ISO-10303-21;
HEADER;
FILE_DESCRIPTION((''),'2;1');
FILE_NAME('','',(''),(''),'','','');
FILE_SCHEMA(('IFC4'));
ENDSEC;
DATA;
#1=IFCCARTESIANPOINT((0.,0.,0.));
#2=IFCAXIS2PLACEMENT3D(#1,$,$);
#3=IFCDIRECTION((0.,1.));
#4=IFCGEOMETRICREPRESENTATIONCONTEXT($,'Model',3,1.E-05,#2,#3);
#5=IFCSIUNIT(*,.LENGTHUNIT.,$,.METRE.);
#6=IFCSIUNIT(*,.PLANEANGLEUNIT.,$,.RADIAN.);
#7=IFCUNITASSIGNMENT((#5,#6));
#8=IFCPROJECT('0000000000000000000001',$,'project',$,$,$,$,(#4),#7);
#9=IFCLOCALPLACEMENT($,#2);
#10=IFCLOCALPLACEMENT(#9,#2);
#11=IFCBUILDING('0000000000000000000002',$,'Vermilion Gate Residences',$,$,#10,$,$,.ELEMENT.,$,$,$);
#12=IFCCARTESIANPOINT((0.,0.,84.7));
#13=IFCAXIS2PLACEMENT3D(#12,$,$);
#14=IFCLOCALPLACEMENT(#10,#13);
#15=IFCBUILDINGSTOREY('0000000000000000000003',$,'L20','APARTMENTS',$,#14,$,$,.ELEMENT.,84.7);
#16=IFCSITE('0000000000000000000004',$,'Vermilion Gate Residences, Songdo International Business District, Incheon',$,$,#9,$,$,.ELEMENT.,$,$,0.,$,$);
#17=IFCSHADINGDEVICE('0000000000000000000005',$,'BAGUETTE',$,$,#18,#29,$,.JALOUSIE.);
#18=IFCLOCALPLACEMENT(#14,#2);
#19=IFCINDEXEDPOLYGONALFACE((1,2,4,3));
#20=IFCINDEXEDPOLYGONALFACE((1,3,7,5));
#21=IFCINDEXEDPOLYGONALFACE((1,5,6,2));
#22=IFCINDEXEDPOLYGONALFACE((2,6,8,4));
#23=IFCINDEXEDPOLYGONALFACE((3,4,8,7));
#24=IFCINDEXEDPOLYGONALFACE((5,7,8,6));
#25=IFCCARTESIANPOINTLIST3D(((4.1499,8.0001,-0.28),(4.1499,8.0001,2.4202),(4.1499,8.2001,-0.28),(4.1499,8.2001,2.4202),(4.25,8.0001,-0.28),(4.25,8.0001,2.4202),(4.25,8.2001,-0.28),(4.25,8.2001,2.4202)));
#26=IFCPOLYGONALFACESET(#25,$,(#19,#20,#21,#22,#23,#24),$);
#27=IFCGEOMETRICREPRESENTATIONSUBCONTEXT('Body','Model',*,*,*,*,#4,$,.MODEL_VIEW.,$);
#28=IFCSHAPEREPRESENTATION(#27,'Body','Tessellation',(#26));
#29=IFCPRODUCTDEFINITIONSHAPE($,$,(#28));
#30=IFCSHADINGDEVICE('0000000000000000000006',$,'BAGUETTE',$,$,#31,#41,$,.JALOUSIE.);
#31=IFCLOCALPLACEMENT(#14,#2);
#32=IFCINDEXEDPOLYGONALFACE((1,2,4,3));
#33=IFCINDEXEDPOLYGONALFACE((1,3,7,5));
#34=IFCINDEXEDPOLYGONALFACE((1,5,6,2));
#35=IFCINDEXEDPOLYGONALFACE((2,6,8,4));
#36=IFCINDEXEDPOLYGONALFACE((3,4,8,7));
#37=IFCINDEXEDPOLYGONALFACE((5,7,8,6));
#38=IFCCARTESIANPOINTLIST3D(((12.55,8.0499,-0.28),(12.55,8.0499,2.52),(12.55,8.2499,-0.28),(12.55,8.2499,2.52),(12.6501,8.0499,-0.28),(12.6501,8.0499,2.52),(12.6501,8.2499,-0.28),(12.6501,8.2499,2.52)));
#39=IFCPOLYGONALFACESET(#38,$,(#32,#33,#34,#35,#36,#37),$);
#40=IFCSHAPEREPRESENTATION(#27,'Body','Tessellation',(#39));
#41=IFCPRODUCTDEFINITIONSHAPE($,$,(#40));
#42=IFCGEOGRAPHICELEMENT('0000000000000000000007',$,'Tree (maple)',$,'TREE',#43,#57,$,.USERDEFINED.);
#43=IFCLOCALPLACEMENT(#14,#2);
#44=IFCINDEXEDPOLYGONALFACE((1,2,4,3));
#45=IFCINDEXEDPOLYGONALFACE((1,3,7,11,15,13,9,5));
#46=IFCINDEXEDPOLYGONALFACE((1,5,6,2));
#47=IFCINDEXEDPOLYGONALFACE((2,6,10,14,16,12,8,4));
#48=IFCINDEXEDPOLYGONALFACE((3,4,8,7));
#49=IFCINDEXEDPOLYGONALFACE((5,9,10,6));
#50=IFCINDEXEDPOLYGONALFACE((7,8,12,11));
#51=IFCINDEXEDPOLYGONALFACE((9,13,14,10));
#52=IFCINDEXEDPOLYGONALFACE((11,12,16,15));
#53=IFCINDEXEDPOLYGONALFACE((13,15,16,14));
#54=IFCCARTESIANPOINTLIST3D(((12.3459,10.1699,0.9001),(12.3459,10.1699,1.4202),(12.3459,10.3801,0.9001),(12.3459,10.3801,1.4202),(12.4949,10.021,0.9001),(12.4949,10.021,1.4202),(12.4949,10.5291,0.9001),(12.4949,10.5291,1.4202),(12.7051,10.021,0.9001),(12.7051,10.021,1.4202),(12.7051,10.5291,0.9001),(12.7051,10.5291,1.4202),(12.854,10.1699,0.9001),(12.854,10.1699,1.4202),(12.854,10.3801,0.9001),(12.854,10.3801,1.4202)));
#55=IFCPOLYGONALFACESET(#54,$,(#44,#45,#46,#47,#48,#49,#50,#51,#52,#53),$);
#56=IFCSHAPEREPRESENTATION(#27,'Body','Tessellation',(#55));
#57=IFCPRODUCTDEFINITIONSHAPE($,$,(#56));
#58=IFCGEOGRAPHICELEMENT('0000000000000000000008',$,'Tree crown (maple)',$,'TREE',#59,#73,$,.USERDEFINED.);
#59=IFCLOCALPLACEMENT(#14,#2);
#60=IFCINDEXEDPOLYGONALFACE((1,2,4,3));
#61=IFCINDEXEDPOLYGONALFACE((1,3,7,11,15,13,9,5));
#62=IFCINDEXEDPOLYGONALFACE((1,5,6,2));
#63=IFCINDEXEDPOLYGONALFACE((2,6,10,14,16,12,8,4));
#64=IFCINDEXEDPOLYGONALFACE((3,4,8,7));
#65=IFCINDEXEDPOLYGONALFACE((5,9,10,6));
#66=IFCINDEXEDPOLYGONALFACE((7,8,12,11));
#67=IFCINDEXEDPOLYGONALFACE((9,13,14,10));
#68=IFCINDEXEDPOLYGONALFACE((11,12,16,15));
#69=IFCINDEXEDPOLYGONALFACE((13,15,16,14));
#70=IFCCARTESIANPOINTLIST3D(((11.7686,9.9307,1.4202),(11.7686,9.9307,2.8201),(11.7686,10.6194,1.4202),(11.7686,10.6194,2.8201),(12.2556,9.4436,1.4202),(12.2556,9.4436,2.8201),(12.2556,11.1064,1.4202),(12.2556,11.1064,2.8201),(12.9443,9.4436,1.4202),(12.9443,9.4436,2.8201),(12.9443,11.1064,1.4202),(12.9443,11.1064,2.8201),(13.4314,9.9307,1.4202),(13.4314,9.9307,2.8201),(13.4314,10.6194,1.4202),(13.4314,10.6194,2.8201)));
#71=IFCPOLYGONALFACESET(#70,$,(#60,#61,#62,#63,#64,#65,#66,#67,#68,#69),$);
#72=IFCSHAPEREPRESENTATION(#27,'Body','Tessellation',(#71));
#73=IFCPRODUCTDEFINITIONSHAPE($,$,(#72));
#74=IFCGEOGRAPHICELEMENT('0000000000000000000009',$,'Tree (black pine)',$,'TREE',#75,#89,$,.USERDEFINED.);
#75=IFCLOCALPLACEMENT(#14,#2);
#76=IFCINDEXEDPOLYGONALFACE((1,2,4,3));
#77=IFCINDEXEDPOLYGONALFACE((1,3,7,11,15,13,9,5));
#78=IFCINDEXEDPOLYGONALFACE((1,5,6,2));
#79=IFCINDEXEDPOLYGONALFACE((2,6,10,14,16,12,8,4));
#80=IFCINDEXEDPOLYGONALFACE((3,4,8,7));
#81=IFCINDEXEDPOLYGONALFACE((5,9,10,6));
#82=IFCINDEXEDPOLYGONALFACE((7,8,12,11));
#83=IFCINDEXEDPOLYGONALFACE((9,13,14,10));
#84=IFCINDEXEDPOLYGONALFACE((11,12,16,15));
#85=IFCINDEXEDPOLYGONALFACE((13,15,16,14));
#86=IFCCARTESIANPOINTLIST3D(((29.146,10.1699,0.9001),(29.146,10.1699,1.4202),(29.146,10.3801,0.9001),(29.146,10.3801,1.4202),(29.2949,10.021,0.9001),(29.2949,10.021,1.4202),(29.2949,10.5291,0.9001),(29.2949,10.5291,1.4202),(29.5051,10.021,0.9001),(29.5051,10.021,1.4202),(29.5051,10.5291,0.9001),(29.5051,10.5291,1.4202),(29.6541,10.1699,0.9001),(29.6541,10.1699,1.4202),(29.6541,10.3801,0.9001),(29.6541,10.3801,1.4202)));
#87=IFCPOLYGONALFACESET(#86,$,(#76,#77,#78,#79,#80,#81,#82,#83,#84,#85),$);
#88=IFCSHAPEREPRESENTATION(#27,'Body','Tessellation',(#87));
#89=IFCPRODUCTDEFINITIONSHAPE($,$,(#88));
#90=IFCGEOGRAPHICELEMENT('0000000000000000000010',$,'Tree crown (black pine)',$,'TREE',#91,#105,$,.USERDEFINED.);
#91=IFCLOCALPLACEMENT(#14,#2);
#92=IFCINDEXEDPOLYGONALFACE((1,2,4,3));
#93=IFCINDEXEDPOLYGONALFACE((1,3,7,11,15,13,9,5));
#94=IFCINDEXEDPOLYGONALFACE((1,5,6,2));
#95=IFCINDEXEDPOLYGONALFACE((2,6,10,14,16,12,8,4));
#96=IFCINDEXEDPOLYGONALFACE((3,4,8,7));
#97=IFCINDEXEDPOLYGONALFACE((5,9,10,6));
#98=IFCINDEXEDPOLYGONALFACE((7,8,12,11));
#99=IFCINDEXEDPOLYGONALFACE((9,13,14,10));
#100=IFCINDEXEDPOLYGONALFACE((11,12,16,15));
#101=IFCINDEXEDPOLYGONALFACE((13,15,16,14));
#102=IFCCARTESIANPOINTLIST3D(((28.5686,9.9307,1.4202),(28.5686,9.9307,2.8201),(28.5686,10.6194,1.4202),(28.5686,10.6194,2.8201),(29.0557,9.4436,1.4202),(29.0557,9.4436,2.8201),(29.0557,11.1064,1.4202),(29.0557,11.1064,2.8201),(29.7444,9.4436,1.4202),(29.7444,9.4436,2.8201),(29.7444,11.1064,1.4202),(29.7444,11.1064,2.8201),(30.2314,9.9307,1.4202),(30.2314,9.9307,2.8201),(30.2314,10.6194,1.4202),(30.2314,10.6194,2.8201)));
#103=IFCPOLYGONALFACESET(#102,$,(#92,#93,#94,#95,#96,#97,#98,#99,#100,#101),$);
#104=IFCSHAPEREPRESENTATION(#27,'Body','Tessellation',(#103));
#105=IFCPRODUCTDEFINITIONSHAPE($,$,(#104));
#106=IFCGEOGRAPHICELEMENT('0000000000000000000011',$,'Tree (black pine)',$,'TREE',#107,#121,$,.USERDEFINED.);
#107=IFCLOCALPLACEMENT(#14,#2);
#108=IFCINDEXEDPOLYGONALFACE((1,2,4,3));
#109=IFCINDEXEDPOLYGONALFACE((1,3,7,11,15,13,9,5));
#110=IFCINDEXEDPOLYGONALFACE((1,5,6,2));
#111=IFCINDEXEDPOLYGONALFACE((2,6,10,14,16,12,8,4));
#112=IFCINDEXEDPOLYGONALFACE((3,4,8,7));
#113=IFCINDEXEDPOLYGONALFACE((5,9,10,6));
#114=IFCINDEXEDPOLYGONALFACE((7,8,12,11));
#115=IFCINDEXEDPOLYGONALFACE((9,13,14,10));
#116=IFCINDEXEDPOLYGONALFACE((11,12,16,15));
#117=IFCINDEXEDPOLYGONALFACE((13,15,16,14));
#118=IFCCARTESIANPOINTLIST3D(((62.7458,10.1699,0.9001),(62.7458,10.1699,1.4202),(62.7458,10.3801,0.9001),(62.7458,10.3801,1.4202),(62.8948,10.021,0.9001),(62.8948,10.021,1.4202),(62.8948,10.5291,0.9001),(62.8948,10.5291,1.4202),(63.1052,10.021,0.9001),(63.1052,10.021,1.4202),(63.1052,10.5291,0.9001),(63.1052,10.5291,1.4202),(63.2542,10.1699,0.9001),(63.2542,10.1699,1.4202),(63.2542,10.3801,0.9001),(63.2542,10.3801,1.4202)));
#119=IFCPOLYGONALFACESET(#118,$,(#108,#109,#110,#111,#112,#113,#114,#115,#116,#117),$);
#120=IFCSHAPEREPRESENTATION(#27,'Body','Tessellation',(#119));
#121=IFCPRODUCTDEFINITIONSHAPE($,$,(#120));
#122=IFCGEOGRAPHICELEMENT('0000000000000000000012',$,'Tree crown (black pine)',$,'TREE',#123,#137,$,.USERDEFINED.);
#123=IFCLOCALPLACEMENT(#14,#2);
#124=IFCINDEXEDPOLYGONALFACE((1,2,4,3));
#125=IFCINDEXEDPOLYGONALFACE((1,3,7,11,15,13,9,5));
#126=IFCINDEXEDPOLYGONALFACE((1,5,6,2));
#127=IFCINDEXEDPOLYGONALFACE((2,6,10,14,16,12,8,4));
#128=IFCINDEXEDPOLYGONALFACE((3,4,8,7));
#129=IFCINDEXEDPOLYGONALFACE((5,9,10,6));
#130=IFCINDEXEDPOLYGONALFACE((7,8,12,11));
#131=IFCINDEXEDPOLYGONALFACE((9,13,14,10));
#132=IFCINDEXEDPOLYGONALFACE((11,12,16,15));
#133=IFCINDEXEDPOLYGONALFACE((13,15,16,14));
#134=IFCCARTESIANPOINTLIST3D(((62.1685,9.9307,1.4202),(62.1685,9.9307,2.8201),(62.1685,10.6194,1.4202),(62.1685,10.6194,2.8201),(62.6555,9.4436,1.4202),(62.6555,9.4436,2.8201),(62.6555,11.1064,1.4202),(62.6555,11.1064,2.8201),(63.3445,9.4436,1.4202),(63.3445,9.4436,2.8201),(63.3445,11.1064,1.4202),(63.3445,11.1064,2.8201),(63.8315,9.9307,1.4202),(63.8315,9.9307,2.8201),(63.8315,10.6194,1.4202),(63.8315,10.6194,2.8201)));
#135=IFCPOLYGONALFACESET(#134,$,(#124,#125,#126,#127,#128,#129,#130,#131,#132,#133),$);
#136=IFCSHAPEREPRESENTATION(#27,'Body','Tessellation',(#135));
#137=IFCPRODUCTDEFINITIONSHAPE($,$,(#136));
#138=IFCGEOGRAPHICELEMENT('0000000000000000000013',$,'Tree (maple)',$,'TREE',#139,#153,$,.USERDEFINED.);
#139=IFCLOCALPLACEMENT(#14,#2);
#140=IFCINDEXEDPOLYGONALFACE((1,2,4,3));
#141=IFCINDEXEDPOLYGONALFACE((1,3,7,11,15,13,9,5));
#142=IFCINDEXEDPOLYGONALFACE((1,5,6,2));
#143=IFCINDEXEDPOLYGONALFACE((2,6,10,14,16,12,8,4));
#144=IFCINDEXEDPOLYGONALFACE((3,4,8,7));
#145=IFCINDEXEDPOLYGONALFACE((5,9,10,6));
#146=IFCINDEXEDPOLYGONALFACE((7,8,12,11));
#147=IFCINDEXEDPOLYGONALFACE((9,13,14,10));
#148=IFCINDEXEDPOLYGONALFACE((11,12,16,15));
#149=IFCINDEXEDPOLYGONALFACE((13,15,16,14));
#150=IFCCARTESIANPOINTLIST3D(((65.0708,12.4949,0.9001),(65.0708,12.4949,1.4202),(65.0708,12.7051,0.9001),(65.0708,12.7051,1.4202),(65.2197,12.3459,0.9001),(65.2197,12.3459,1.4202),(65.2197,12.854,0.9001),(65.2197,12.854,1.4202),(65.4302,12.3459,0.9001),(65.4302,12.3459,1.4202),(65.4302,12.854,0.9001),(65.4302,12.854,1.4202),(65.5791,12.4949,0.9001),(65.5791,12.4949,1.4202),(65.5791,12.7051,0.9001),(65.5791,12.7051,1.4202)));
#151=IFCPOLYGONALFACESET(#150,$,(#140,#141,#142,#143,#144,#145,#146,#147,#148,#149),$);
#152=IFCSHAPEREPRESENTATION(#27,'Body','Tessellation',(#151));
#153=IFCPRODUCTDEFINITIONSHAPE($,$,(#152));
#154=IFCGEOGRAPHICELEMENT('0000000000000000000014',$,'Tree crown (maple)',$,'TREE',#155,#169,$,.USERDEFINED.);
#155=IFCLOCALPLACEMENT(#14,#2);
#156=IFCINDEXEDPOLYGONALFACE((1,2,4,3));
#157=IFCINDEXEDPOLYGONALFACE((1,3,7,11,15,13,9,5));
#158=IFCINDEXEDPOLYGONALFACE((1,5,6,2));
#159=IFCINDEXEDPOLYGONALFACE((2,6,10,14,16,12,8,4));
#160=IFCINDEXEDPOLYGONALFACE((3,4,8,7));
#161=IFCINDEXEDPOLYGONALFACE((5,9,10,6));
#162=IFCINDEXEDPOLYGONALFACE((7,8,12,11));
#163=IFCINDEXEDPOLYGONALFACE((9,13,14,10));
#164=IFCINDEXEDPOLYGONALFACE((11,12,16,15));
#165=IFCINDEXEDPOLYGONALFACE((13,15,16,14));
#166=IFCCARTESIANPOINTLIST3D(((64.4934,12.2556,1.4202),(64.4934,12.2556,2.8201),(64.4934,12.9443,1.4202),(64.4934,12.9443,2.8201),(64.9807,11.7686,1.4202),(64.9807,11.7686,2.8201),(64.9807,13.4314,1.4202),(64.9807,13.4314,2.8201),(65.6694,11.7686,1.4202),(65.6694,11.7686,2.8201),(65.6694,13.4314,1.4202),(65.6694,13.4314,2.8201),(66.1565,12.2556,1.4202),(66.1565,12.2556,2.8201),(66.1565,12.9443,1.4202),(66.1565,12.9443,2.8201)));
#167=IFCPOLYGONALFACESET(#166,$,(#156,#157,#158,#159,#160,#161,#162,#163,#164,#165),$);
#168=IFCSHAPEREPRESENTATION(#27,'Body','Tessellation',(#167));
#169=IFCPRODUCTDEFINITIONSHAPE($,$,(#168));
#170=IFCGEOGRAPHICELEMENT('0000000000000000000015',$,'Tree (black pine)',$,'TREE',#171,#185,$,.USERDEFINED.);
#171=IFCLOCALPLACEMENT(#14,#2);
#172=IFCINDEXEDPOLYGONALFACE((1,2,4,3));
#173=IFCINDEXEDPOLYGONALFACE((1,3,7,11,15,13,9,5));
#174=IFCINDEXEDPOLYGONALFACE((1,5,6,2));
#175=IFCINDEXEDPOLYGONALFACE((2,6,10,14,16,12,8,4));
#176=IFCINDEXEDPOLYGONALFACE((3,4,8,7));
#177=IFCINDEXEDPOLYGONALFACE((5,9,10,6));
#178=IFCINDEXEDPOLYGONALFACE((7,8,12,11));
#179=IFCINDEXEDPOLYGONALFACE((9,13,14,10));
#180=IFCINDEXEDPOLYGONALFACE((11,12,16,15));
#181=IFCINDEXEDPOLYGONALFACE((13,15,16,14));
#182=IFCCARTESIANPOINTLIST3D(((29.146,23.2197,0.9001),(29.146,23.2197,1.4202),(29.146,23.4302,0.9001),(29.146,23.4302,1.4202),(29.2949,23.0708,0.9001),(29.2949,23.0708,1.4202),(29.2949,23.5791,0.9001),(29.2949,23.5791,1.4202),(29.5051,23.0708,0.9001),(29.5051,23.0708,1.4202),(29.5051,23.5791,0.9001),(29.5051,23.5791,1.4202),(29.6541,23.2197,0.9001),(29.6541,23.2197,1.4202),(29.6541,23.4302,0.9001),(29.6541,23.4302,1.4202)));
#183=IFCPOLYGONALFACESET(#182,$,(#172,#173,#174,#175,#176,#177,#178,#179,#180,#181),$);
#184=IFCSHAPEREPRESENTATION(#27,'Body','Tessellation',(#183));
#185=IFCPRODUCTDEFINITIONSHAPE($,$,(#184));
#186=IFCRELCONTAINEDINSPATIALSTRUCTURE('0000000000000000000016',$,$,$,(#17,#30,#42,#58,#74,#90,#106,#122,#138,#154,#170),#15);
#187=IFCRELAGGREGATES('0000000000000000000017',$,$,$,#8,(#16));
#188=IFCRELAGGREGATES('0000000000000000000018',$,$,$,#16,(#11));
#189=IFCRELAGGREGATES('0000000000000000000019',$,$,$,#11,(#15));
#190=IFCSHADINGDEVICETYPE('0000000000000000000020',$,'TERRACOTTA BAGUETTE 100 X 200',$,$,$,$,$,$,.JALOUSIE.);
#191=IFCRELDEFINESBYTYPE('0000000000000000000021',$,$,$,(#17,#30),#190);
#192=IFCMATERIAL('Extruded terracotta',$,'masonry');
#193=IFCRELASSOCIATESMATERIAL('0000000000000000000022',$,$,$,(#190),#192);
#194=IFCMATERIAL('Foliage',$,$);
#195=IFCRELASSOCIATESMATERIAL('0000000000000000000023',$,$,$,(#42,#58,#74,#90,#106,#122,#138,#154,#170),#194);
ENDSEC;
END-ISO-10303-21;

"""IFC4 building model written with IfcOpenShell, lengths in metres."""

from ifc_helpers import new_model, si_unit, direction, frame, origin, origin_2d, place, context, subcontext, project, spatial, polyline, rectangle, outline, extrude, material, material_profile, profile_set, type_object, element, save


model = new_model("IFC4")

# Units and contexts
model_context = context("Model", 3, precision=1e-05, world=origin(), true_north=direction((0.0, 1.0)))
body_context = subcontext(model_context, "Body", "Model", "MODEL_VIEW")
ifc_project = project(units=[si_unit("LENGTHUNIT", "METRE"), si_unit("PLANEANGLEUNIT", "RADIAN")], contexts=[model_context])

# Site, building, storey
site_placement = place(None, origin())
site = spatial("IfcSite", under=ifc_project, at=site_placement, Name="Vermilion Gate Residences, Songdo International Business District, Incheon", CompositionType="ELEMENT", RefElevation=0.0)
building_placement = place(site_placement, origin())
building = spatial("IfcBuilding", under=site, at=building_placement, Name="Vermilion Gate Residences", CompositionType="ELEMENT")
storey_placement = place(building_placement, frame((0.0, 0.0, 84.7)))
storey = spatial("IfcBuildingStorey", under=building, at=storey_placement, Name="L20", Description="APARTMENTS", CompositionType="ELEMENT", Elevation=84.7)

# Shading devices
ifc_material_1 = material(Name="Extruded terracotta", Category="masonry")
ifc_material_profile_1 = material_profile(ifc_material_1, rectangle(XDim=0.2, YDim=0.1001, at=origin_2d()), Name="BAGUETTE 100 X 200")
ifc_profile_set_1 = profile_set([ifc_material_profile_1], Name="Extruded terracotta")
shading_device_type_1 = type_object("IfcShadingDeviceType", Name="TERRACOTTA BAGUETTE 100 X 200", PredefinedType="JALOUSIE", material=ifc_profile_set_1)
shading_device_1_placement = place(storey_placement, frame((4.2, 8.1001, -0.28), z_axis=(0.0, 0.0, 1.0), x_axis=(0.0, 1.0, 0.0)))
element("IfcShadingDevice", 1, at=shading_device_1_placement, inside=storey, type_object=shading_device_type_1, Name="BAGUETTE", PredefinedType="JALOUSIE", context=body_context, shape_type="SweptSolid", body=[
    extrude(rectangle(XDim=0.2, YDim=0.1001, at=origin_2d()), origin(), (0.0, 0.0, 1.0), 2.7002),
])
shading_device_2_placement = place(storey_placement, frame((12.6001, 8.1499, -0.28), z_axis=(0.0, 0.0, 1.0), x_axis=(0.0, 1.0, 0.0)))
element("IfcShadingDevice", 2, at=shading_device_2_placement, inside=storey, type_object=shading_device_type_1, Name="BAGUETTE", PredefinedType="JALOUSIE", context=body_context, shape_type="SweptSolid", body=[
    extrude(rectangle(XDim=0.2, YDim=0.1001, at=origin_2d()), origin(), (0.0, 0.0, 1.0), 2.8),
])

# Geographic elements
ifc_material_2 = material(Name="Foliage")
geographic_element_1_placement = place(storey_placement, frame((0.0, 0.0, 0.9001)))
element("IfcGeographicElement", 3, at=geographic_element_1_placement, inside=storey, material=ifc_material_2, Name="Tree (maple)", ObjectType="TREE", PredefinedType="USERDEFINED", context=body_context, shape_type="SweptSolid", body=[
    extrude(outline(polyline([(12.854, 10.3801), (12.7051, 10.5291), (12.4949, 10.5291), (12.3459, 10.3801), (12.3459, 10.1699), (12.4949, 10.021), (12.7051, 10.021), (12.854, 10.1699), (12.854, 10.3801)])), origin(), (0.0, 0.0, 1.0), 0.52),
])
geographic_element_2_placement = place(storey_placement, frame((0.0, 0.0, 1.4202)))
element("IfcGeographicElement", 4, at=geographic_element_2_placement, inside=storey, material=ifc_material_2, Name="Tree crown (maple)", ObjectType="TREE", PredefinedType="USERDEFINED", context=body_context, shape_type="SweptSolid", body=[
    extrude(outline(polyline([(13.4314, 10.6194), (12.9443, 11.1064), (12.2556, 11.1064), (11.7686, 10.6194), (11.7686, 9.9307), (12.2556, 9.4436), (12.9443, 9.4436), (13.4314, 9.9307), (13.4314, 10.6194)])), origin(), (0.0, 0.0, 1.0), 1.3999),
])
geographic_element_3_placement = place(storey_placement, frame((0.0, 0.0, 0.9001)))
element("IfcGeographicElement", 5, at=geographic_element_3_placement, inside=storey, material=ifc_material_2, Name="Tree (black pine)", ObjectType="TREE", PredefinedType="USERDEFINED", context=body_context, shape_type="SweptSolid", body=[
    extrude(outline(polyline([(29.6541, 10.3801), (29.5051, 10.5291), (29.2949, 10.5291), (29.146, 10.3801), (29.146, 10.1699), (29.2949, 10.021), (29.5051, 10.021), (29.6541, 10.1699), (29.6541, 10.3801)])), origin(), (0.0, 0.0, 1.0), 0.52),
])
geographic_element_4_placement = place(storey_placement, frame((0.0, 0.0, 1.4202)))
element("IfcGeographicElement", 6, at=geographic_element_4_placement, inside=storey, material=ifc_material_2, Name="Tree crown (black pine)", ObjectType="TREE", PredefinedType="USERDEFINED", context=body_context, shape_type="SweptSolid", body=[
    extrude(outline(polyline([(30.2314, 10.6194), (29.7444, 11.1064), (29.0557, 11.1064), (28.5686, 10.6194), (28.5686, 9.9307), (29.0557, 9.4436), (29.7444, 9.4436), (30.2314, 9.9307), (30.2314, 10.6194)])), origin(), (0.0, 0.0, 1.0), 1.3999),
])
geographic_element_5_placement = place(storey_placement, frame((0.0, 0.0, 0.9001)))
element("IfcGeographicElement", 7, at=geographic_element_5_placement, inside=storey, material=ifc_material_2, Name="Tree (black pine)", ObjectType="TREE", PredefinedType="USERDEFINED", context=body_context, shape_type="SweptSolid", body=[
    extrude(outline(polyline([(63.2542, 10.3801), (63.1052, 10.5291), (62.8948, 10.5291), (62.7458, 10.3801), (62.7458, 10.1699), (62.8948, 10.021), (63.1052, 10.021), (63.2542, 10.1699), (63.2542, 10.3801)])), origin(), (0.0, 0.0, 1.0), 0.52),
])
geographic_element_6_placement = place(storey_placement, frame((0.0, 0.0, 1.4202)))
element("IfcGeographicElement", 8, at=geographic_element_6_placement, inside=storey, material=ifc_material_2, Name="Tree crown (black pine)", ObjectType="TREE", PredefinedType="USERDEFINED", context=body_context, shape_type="SweptSolid", body=[
    extrude(outline(polyline([(63.8315, 10.6194), (63.3445, 11.1064), (62.6555, 11.1064), (62.1685, 10.6194), (62.1685, 9.9307), (62.6555, 9.4436), (63.3445, 9.4436), (63.8315, 9.9307), (63.8315, 10.6194)])), origin(), (0.0, 0.0, 1.0), 1.3999),
])
geographic_element_7_placement = place(storey_placement, frame((0.0, 0.0, 0.9001)))
element("IfcGeographicElement", 9, at=geographic_element_7_placement, inside=storey, material=ifc_material_2, Name="Tree (maple)", ObjectType="TREE", PredefinedType="USERDEFINED", context=body_context, shape_type="SweptSolid", body=[
    extrude(outline(polyline([(65.5791, 12.7051), (65.4302, 12.854), (65.2197, 12.854), (65.0708, 12.7051), (65.0708, 12.4949), (65.2197, 12.3459), (65.4302, 12.3459), (65.5791, 12.4949), (65.5791, 12.7051)])), origin(), (0.0, 0.0, 1.0), 0.52),
])
geographic_element_8_placement = place(storey_placement, frame((0.0, 0.0, 1.4202)))
element("IfcGeographicElement", 10, at=geographic_element_8_placement, inside=storey, material=ifc_material_2, Name="Tree crown (maple)", ObjectType="TREE", PredefinedType="USERDEFINED", context=body_context, shape_type="SweptSolid", body=[
    extrude(outline(polyline([(66.1565, 12.9443), (65.6694, 13.4314), (64.9807, 13.4314), (64.4934, 12.9443), (64.4934, 12.2556), (64.9807, 11.7686), (65.6694, 11.7686), (66.1565, 12.2556), (66.1565, 12.9443)])), origin(), (0.0, 0.0, 1.0), 1.3999),
])
geographic_element_9_placement = place(storey_placement, frame((0.0, 0.0, 0.9001)))
element("IfcGeographicElement", 11, at=geographic_element_9_placement, inside=storey, material=ifc_material_2, Name="Tree (black pine)", ObjectType="TREE", PredefinedType="USERDEFINED", context=body_context, shape_type="SweptSolid", body=[
    extrude(outline(polyline([(29.6541, 23.4302), (29.5051, 23.5791), (29.2949, 23.5791), (29.146, 23.4302), (29.146, 23.2197), (29.2949, 23.0708), (29.5051, 23.0708), (29.6541, 23.2197), (29.6541, 23.4302)])), origin(), (0.0, 0.0, 1.0), 0.52),
])

save(model, "model.ifc")
